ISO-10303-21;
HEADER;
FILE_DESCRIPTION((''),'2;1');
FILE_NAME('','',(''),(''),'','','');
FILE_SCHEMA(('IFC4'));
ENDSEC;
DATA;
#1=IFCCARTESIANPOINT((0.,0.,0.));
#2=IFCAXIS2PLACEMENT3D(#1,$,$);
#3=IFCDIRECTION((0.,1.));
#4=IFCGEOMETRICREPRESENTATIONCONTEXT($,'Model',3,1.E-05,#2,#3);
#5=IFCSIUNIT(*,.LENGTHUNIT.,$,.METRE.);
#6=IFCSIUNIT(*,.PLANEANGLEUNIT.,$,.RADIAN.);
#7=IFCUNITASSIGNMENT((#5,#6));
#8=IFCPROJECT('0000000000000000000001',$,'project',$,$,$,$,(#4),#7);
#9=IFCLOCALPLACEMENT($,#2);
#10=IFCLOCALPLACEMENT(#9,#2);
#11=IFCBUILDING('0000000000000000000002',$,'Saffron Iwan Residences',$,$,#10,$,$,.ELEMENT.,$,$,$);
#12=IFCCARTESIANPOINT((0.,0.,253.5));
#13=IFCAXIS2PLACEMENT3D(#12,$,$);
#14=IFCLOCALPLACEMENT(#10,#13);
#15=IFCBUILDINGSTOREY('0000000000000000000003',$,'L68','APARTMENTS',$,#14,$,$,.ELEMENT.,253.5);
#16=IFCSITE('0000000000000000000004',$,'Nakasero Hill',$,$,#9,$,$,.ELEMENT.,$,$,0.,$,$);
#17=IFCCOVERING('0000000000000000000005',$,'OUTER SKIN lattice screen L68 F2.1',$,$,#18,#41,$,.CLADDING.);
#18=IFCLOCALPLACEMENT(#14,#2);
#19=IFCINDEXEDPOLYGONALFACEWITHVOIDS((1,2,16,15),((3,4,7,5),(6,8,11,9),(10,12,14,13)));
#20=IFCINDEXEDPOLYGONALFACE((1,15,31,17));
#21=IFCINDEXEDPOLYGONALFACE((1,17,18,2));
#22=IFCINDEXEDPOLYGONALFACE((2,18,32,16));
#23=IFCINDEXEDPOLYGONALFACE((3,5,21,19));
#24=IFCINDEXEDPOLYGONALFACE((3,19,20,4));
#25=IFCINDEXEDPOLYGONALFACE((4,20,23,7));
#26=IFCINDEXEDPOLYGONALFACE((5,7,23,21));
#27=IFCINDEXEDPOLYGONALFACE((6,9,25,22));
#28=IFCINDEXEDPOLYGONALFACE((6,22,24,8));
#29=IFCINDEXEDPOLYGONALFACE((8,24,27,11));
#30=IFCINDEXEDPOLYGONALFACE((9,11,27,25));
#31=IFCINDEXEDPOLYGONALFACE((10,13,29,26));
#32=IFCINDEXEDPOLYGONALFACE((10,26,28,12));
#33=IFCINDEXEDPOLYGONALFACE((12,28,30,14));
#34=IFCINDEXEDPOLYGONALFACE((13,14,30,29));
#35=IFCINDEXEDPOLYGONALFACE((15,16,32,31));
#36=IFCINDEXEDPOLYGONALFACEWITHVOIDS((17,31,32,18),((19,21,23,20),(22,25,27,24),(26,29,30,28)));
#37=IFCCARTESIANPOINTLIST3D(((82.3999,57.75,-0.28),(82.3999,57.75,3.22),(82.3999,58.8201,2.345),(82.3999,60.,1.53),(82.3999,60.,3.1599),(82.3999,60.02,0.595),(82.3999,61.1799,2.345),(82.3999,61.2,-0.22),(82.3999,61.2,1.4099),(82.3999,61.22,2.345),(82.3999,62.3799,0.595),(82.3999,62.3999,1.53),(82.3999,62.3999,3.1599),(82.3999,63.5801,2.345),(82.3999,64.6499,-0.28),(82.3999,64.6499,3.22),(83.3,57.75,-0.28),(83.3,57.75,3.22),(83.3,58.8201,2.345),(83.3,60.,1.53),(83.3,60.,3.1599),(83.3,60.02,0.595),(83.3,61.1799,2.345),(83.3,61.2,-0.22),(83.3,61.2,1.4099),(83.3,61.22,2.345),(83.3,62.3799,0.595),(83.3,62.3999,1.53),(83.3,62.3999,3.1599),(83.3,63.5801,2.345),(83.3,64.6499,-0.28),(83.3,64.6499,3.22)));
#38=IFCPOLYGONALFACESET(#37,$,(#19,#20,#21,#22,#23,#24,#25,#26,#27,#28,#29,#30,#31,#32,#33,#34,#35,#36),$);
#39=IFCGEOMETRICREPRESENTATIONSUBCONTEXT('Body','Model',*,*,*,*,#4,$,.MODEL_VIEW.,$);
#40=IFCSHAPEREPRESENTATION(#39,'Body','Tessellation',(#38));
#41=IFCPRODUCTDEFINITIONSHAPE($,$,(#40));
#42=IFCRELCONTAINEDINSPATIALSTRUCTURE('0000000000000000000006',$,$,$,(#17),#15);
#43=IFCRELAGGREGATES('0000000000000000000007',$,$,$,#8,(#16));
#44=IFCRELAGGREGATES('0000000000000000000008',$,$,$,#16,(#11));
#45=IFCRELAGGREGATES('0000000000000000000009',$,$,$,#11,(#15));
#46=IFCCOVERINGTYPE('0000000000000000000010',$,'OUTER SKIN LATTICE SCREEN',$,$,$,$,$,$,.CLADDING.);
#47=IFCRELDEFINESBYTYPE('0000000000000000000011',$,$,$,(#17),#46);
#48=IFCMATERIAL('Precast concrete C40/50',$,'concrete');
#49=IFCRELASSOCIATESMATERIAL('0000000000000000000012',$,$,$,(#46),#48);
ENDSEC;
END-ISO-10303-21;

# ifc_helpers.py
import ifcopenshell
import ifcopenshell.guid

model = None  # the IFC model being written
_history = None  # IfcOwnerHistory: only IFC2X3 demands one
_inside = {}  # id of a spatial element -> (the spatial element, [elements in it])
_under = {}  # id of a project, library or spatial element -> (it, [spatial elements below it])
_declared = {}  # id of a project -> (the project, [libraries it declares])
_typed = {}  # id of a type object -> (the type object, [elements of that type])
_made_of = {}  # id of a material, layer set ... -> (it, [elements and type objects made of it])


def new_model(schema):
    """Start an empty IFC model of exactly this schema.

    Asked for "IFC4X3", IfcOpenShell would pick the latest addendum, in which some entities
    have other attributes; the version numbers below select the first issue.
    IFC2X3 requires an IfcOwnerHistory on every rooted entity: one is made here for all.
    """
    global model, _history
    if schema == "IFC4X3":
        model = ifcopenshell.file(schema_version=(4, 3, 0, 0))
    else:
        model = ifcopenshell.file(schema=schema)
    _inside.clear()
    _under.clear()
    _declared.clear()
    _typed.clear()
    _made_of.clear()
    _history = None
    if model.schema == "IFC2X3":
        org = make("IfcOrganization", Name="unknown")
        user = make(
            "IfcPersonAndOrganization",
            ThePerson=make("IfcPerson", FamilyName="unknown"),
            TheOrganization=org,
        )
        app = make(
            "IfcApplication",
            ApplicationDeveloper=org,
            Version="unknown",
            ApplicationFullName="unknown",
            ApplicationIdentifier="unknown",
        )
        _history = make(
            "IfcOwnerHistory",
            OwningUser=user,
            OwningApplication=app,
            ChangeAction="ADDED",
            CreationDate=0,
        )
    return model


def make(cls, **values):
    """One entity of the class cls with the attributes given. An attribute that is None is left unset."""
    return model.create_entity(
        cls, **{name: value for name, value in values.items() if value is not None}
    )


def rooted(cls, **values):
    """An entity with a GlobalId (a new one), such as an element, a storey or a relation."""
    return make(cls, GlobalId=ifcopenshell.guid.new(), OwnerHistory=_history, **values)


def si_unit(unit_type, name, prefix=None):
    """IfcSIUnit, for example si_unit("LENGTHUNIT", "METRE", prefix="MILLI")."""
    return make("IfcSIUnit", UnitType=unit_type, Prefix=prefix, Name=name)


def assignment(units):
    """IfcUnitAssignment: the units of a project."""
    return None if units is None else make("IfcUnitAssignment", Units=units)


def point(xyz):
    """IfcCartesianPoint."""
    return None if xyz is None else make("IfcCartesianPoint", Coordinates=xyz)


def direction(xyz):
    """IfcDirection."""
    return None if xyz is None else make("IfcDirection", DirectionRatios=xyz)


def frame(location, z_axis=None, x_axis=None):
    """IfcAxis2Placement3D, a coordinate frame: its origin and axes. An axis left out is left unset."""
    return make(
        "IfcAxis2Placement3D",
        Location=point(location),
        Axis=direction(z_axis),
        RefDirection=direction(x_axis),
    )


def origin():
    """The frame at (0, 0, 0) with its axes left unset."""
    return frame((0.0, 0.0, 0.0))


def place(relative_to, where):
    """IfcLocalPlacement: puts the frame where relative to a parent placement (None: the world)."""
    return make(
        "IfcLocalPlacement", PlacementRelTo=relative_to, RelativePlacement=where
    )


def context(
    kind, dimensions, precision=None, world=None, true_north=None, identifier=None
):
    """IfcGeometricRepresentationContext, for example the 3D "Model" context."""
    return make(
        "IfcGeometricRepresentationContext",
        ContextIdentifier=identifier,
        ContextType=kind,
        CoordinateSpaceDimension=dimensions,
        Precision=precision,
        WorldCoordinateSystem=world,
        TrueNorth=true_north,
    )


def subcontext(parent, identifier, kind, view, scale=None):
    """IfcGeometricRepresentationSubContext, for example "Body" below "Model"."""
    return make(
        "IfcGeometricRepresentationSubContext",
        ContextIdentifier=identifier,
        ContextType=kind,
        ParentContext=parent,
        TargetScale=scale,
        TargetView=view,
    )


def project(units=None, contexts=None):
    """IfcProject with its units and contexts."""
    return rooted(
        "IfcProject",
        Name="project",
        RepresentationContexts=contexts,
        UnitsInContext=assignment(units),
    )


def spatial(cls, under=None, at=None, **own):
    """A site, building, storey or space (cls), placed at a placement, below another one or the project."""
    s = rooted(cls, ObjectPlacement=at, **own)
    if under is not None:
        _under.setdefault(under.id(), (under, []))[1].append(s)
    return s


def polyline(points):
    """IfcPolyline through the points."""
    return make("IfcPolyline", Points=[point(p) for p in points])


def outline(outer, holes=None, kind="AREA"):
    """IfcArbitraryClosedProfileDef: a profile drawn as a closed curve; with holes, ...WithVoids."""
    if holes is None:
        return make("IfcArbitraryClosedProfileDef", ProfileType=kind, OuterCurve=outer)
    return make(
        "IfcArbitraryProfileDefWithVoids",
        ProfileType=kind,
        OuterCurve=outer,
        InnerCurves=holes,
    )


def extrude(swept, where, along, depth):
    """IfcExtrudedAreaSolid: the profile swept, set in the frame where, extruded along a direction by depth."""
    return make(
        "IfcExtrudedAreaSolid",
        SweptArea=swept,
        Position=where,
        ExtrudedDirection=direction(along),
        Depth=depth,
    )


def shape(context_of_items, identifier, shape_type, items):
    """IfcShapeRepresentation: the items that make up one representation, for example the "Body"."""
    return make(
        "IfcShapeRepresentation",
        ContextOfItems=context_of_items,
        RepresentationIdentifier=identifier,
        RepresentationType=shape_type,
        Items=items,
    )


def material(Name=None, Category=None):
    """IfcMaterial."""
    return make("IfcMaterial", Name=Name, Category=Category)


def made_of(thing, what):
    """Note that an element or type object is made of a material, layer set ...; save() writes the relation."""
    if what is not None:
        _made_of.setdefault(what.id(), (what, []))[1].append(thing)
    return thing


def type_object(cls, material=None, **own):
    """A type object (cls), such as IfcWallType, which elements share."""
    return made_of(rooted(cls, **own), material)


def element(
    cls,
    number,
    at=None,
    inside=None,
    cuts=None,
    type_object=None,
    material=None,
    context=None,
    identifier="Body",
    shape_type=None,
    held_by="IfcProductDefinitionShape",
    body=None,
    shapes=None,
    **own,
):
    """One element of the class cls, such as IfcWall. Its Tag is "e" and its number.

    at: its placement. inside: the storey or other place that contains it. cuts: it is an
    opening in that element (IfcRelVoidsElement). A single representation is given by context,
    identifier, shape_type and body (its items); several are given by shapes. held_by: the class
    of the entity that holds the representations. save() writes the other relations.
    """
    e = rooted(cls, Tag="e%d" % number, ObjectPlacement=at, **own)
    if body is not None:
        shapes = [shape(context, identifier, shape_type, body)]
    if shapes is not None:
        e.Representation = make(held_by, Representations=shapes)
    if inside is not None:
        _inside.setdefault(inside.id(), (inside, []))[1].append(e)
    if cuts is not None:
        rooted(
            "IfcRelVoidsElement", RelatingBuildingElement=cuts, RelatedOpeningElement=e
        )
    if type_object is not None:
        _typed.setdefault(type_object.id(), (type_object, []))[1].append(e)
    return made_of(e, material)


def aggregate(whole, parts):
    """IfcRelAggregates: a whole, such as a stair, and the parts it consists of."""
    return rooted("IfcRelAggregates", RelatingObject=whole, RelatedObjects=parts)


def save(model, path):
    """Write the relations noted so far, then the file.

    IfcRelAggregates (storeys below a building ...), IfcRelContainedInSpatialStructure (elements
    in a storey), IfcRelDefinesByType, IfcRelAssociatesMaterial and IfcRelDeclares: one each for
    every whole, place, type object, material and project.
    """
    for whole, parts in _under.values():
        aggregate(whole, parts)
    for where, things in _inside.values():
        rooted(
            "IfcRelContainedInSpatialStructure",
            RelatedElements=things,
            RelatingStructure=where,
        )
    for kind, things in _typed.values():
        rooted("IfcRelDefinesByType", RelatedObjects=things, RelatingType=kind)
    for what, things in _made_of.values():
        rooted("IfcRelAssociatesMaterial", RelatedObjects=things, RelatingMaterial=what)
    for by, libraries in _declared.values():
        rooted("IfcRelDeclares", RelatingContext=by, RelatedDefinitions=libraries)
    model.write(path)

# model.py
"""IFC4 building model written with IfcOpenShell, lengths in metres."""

from ifc_helpers import new_model, si_unit, direction, frame, origin, place, context, subcontext, project, spatial, polyline, outline, extrude, material, type_object, element, save


model = new_model("IFC4")

# Units and contexts
model_context = context("Model", 3, precision=1e-05, world=origin(), true_north=direction((0.0, 1.0)))
body_context = subcontext(model_context, "Body", "Model", "MODEL_VIEW")
ifc_project = project(units=[si_unit("LENGTHUNIT", "METRE"), si_unit("PLANEANGLEUNIT", "RADIAN")], contexts=[model_context])

# Site, building, storey
site_placement = place(None, origin())
site = spatial("IfcSite", under=ifc_project, at=site_placement, Name="Nakasero Hill", CompositionType="ELEMENT", RefElevation=0.0)
building_placement = place(site_placement, origin())
building = spatial("IfcBuilding", under=site, at=building_placement, Name="Saffron Iwan Residences", CompositionType="ELEMENT")
storey_placement = place(building_placement, frame((0.0, 0.0, 253.5)))
storey = spatial("IfcBuildingStorey", under=building, at=storey_placement, Name="L68", Description="APARTMENTS", CompositionType="ELEMENT", Elevation=253.5)

# Covering
ifc_material_1 = material(Name="Precast concrete C40/50", Category="concrete")
covering_type = type_object("IfcCoveringType", Name="OUTER SKIN LATTICE SCREEN", PredefinedType="CLADDING", material=ifc_material_1)
covering_placement = place(storey_placement, frame((82.3999, 57.75, -0.28), z_axis=(1.0, 0.0, 0.0), x_axis=(0.0, 1.0, 0.0)))
element("IfcCovering", 1, at=covering_placement, inside=storey, type_object=covering_type, Name="OUTER SKIN lattice screen L68 F2.1", PredefinedType="CLADDING", context=body_context, shape_type="SweptSolid", body=[
    extrude(outline(polyline([(0.0, 0.0), (6.8999, 0.0), (6.8999, 3.5), (0.0, 3.5), (0.0, 0.0)]), holes=[polyline([(2.27, 0.875), (3.45, 0.0601), (4.6299, 0.875), (3.45, 1.6899), (2.27, 0.875)]), polyline([(1.0701, 2.625), (2.25, 1.8101), (3.4299, 2.625), (2.25, 3.4399), (1.0701, 2.625)]), polyline([(3.47, 2.625), (4.6499, 1.8101), (5.8301, 2.625), (4.6499, 3.4399), (3.47, 2.625)])]), origin(), (0.0, 0.0, 1.0), 0.9001),
])

save(model, "model.ifc")
